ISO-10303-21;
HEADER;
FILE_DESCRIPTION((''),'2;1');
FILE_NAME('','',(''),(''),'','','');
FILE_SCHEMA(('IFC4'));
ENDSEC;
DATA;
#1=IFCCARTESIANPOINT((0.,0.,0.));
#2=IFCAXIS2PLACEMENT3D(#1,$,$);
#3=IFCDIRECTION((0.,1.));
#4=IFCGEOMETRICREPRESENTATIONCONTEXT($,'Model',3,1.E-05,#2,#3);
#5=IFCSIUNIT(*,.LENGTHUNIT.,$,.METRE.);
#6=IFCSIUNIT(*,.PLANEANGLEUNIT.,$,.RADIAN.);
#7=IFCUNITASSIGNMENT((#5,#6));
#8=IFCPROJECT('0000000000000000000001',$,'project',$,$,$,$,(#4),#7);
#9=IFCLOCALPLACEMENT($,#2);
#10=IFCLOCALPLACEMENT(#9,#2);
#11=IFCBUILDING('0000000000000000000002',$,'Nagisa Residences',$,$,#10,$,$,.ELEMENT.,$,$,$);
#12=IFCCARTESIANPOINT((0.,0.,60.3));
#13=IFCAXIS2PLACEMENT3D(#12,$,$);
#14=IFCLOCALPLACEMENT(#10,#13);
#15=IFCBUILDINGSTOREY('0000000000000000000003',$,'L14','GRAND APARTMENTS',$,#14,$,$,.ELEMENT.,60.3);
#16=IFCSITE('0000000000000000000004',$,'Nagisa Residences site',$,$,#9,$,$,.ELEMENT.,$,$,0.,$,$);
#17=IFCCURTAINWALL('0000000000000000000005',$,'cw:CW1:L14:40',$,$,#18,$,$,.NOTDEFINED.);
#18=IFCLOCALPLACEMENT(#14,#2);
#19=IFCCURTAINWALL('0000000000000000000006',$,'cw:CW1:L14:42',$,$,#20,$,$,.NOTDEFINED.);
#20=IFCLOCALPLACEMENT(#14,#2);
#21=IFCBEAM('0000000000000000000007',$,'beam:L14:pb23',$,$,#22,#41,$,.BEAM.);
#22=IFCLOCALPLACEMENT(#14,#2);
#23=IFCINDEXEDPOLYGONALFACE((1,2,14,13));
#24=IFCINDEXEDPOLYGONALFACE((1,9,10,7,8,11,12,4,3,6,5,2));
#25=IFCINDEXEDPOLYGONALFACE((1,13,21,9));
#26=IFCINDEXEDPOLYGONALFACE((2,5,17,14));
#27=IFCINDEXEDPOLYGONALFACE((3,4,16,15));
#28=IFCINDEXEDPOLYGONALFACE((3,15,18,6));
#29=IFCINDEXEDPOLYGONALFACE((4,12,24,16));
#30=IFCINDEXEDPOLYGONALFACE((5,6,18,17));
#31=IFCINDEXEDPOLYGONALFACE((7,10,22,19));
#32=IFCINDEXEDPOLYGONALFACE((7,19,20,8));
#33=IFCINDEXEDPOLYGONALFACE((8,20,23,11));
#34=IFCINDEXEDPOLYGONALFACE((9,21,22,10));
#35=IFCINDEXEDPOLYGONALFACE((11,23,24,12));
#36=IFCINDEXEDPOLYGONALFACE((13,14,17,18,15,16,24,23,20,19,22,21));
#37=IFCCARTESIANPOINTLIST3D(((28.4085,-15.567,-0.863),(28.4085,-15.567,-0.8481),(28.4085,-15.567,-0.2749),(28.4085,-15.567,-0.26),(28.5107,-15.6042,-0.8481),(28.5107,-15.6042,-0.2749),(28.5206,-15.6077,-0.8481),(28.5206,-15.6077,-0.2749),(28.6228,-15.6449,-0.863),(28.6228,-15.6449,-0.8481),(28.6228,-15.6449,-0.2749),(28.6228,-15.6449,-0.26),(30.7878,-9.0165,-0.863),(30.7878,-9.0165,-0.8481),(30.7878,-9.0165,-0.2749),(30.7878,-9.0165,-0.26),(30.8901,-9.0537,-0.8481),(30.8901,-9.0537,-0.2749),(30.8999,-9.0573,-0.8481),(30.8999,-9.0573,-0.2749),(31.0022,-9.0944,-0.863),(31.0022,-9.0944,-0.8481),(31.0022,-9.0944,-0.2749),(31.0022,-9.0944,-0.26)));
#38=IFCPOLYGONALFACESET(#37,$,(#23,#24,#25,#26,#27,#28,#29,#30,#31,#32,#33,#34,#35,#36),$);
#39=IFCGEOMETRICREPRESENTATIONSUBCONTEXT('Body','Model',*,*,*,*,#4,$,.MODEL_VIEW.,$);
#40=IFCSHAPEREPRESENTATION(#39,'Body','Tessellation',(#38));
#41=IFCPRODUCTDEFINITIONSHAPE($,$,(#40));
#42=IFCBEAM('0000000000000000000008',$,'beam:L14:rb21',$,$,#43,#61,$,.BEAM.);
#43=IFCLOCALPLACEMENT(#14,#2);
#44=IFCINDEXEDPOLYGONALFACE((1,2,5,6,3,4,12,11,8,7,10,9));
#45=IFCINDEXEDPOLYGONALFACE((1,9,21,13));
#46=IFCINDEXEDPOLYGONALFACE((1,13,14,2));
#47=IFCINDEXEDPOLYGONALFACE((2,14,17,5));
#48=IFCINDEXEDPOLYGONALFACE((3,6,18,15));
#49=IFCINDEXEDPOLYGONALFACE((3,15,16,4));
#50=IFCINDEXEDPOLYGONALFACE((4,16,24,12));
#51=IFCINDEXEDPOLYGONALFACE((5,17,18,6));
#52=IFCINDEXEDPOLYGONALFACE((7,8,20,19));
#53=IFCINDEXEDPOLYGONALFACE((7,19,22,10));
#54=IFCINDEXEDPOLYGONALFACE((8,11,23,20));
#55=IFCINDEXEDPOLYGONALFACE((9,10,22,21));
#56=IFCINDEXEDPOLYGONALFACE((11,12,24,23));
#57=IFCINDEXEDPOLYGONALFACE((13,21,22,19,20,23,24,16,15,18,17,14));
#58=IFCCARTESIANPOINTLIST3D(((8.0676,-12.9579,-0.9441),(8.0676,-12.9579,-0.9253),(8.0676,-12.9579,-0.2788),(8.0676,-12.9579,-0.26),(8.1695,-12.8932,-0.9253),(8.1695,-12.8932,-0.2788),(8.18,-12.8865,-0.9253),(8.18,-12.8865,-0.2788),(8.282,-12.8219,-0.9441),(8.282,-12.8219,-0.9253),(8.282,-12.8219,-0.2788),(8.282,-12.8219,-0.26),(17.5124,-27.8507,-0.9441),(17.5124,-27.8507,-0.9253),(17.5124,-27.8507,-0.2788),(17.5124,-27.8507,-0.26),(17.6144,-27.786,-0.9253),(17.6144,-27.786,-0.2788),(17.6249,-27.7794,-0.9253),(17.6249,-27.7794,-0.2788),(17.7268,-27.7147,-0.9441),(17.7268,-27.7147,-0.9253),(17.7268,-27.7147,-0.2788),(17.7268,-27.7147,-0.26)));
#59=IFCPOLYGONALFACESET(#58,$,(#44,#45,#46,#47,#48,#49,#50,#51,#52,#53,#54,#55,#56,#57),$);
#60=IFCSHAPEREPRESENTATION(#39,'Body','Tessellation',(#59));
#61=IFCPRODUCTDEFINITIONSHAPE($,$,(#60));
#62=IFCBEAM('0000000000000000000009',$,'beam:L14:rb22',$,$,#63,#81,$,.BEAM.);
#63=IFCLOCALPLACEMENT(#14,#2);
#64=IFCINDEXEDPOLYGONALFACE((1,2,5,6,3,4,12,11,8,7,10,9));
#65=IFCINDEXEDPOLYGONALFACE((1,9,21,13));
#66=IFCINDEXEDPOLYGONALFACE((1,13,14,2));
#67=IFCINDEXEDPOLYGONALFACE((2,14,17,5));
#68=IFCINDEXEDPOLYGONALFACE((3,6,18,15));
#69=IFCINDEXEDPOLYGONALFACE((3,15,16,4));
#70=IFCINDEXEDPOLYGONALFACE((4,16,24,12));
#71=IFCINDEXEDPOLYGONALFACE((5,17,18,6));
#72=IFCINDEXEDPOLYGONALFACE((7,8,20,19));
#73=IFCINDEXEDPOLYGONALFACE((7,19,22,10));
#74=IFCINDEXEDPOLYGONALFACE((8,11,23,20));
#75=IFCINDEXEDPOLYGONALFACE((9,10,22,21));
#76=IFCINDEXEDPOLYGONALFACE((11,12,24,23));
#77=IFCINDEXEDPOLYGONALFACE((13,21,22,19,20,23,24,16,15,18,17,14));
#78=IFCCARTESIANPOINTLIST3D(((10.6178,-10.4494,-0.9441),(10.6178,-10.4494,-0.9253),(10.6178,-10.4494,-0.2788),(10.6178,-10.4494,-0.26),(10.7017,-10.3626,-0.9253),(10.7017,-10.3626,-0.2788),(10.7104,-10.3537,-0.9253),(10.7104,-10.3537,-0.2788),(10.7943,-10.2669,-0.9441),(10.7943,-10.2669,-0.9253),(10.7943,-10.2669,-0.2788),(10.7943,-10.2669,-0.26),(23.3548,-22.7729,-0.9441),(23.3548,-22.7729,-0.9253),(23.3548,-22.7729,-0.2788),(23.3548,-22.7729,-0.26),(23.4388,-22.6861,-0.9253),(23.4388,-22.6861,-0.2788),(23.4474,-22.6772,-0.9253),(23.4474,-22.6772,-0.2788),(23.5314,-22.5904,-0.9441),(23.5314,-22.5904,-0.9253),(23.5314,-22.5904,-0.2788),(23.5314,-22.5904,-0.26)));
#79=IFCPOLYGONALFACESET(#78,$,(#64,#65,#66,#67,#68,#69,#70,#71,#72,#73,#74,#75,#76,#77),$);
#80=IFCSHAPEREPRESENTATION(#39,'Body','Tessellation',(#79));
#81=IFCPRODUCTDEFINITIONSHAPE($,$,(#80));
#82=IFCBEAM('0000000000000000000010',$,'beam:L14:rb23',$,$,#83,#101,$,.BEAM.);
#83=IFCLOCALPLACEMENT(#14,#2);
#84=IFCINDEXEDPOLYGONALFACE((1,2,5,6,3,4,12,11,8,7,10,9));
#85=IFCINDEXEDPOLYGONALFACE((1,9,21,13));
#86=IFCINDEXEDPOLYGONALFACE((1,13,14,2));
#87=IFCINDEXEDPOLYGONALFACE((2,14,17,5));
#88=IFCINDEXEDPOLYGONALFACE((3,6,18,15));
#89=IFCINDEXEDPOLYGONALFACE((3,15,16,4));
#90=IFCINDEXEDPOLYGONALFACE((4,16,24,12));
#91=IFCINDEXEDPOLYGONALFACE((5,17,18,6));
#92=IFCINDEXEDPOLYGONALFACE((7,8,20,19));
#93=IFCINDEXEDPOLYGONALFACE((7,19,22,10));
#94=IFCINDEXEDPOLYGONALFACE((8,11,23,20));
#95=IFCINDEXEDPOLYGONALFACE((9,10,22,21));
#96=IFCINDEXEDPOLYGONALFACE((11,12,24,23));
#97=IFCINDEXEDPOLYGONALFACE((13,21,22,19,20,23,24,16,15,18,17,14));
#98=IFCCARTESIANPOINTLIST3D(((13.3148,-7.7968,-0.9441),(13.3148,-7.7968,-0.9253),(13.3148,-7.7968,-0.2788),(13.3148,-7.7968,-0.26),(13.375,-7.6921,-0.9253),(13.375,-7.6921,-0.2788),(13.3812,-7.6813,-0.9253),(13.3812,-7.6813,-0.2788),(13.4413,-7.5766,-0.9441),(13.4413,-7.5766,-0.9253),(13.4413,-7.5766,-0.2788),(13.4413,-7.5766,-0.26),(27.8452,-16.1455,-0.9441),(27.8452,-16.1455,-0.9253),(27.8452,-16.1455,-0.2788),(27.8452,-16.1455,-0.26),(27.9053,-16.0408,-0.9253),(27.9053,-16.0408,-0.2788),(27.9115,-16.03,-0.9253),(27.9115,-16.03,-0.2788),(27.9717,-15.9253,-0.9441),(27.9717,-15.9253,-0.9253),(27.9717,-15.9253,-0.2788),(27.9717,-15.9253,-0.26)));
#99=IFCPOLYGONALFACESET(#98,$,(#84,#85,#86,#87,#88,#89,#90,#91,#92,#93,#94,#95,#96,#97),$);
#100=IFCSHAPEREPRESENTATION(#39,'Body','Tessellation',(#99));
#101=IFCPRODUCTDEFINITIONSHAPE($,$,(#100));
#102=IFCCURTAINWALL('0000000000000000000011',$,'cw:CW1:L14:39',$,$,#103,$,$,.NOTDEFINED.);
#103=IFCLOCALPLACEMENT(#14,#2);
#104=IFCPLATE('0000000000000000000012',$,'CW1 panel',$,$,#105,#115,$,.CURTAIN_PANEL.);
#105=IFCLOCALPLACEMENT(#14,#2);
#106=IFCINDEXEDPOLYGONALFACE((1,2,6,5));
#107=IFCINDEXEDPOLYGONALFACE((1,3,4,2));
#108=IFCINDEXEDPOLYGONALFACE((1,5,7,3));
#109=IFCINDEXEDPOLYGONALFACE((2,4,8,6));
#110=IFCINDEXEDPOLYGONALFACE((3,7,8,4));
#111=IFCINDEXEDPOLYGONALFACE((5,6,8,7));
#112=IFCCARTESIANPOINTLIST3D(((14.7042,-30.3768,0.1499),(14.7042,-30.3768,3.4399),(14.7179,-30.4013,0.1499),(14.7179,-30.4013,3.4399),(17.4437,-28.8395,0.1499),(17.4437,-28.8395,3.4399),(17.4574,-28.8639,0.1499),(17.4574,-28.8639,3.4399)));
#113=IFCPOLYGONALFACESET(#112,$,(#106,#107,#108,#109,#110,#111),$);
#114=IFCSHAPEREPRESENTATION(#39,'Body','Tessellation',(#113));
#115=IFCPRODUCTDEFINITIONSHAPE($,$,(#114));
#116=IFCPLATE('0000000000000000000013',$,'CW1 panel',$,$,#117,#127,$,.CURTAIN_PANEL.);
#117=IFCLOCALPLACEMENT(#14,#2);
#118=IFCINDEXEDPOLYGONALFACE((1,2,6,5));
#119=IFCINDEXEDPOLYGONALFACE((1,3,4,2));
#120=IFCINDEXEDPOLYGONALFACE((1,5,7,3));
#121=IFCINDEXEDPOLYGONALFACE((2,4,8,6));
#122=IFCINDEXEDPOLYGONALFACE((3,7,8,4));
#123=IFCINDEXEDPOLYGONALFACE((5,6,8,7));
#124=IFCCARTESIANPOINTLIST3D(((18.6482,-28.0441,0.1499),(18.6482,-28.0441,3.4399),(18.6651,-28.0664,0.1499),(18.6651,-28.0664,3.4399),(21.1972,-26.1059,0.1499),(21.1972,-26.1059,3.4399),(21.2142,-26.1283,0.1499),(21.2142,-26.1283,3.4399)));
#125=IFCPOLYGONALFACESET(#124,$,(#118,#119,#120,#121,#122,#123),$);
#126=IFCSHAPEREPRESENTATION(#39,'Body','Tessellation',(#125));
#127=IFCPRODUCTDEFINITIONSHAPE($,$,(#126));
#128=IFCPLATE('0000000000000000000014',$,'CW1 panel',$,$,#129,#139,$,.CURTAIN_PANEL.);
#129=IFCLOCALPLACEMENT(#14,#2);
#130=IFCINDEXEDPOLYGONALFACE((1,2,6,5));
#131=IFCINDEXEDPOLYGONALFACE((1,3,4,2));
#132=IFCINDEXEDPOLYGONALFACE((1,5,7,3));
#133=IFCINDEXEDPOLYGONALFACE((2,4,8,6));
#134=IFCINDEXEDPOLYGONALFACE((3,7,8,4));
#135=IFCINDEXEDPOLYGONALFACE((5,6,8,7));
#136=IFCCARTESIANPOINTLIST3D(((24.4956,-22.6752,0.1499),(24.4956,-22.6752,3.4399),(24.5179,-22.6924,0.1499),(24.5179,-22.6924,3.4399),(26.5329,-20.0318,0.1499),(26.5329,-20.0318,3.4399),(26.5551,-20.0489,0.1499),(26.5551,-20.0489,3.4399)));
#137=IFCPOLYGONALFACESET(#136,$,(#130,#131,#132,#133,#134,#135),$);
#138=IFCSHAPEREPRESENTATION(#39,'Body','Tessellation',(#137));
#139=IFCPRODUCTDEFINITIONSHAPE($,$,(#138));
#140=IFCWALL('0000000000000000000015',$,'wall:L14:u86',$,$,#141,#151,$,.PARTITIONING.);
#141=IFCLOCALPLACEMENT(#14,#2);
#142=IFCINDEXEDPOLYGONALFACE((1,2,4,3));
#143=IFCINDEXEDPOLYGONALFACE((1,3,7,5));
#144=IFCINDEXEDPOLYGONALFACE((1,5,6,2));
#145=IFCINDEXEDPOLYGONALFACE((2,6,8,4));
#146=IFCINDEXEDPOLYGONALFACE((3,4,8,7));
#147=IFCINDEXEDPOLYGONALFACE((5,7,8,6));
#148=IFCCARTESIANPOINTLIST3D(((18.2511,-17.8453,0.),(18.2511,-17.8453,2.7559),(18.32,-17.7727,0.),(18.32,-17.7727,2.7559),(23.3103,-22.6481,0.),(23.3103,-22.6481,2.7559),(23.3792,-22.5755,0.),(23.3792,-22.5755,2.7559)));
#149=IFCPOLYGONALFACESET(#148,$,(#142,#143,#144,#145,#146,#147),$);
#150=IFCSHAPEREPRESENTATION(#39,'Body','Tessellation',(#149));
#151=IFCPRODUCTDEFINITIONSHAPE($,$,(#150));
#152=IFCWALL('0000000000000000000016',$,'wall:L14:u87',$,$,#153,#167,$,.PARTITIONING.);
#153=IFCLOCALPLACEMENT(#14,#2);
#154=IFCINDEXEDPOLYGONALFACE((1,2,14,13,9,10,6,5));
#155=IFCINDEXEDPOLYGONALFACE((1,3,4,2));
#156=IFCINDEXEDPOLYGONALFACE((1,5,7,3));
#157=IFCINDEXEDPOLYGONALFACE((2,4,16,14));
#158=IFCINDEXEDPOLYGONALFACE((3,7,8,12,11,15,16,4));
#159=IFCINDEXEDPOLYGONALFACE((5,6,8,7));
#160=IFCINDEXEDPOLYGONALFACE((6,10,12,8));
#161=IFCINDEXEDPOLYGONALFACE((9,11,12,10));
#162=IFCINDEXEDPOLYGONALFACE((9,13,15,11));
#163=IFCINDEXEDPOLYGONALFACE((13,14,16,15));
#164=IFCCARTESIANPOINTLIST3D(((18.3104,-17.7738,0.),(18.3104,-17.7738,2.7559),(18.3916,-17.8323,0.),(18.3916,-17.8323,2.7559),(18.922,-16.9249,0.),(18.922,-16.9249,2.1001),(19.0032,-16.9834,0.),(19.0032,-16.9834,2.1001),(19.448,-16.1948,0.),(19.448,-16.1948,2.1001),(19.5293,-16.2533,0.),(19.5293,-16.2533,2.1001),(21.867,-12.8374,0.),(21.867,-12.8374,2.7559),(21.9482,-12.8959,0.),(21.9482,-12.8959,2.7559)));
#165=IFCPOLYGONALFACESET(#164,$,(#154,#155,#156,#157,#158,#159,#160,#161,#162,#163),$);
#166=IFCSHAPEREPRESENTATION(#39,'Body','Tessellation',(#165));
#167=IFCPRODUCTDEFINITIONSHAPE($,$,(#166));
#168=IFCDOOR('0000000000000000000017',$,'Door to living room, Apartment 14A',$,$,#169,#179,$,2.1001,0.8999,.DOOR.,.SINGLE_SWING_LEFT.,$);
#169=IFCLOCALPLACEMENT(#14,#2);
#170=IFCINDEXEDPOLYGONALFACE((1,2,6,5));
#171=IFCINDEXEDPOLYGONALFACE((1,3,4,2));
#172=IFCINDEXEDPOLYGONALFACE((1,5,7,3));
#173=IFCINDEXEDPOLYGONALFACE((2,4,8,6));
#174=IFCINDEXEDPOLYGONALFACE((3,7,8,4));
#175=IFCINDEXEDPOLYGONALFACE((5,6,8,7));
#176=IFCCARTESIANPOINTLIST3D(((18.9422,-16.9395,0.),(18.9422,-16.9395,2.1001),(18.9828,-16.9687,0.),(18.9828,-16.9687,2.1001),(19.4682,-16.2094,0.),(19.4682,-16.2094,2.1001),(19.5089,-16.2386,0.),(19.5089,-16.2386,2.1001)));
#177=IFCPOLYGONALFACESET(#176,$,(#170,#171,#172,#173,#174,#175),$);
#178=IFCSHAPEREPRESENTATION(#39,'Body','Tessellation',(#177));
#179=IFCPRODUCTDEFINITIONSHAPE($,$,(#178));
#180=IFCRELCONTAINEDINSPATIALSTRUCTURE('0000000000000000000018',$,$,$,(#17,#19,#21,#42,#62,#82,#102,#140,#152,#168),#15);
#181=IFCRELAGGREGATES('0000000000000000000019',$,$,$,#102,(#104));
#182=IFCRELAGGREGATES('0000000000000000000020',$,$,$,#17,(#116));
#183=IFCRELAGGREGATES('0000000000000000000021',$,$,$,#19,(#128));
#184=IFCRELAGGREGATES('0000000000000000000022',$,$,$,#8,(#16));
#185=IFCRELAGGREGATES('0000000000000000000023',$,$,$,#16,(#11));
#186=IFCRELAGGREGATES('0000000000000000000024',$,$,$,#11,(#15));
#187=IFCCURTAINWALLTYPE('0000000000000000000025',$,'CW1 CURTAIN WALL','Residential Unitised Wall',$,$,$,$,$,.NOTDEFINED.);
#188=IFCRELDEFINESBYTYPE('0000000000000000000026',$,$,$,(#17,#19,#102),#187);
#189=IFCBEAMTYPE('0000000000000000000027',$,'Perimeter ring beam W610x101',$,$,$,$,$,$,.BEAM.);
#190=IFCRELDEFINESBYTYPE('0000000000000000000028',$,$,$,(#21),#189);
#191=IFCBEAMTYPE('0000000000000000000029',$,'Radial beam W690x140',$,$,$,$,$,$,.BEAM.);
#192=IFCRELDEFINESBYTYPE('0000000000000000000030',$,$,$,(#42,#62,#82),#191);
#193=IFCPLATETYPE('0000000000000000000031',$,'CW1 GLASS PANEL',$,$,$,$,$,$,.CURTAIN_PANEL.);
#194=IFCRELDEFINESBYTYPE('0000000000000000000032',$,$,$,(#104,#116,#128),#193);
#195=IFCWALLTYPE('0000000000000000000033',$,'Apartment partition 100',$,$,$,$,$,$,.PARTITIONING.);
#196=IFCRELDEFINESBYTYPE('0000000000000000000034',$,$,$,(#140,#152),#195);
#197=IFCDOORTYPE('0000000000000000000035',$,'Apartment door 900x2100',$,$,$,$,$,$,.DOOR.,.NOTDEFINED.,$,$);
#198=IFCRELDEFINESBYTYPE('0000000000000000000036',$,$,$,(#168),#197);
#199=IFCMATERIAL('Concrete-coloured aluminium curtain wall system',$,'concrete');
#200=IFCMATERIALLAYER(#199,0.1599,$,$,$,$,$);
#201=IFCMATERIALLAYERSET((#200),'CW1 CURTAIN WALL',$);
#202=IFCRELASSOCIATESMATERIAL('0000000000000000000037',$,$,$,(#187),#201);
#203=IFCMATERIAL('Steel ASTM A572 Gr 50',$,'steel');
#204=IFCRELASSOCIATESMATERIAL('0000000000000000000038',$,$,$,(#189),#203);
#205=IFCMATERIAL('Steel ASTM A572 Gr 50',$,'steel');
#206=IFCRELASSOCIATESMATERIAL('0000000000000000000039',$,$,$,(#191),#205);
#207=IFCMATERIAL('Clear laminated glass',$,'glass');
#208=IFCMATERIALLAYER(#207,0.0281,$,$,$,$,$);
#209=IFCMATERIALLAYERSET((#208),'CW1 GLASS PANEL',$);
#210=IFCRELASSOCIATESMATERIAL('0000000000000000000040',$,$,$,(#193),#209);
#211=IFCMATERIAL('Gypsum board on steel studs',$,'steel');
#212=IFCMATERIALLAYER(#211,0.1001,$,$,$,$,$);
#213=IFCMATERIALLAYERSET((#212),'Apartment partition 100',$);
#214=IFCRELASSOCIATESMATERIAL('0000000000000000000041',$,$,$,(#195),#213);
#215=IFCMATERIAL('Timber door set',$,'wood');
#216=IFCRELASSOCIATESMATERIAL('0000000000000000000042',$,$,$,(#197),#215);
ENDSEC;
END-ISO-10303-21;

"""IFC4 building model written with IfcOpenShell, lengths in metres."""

from ifc_helpers import new_model, si_unit, direction, frame, frame_2d, origin, origin_2d, place, context, subcontext, project, spatial, rectangle, i_section, extrude, material, layer, layer_set, material_profile, profile_set, type_object, element, fill, aggregate, save


model = new_model("IFC4")

# Units and contexts
model_context = context("Model", 3, precision=1e-05, world=origin(), true_north=direction((0.0, 1.0)))
body_context = subcontext(model_context, "Body", "Model", "MODEL_VIEW")
ifc_project = project(units=[si_unit("LENGTHUNIT", "METRE"), si_unit("PLANEANGLEUNIT", "RADIAN")], contexts=[model_context])

# Site, building, storey
site_placement = place(None, origin())
site = spatial("IfcSite", under=ifc_project, at=site_placement, Name="Nagisa Residences site", CompositionType="ELEMENT", RefElevation=0.0)
building_placement = place(site_placement, origin())
building = spatial("IfcBuilding", under=site, at=building_placement, Name="Nagisa Residences", CompositionType="ELEMENT")
storey_placement = place(building_placement, frame((0.0, 0.0, 60.3)))
storey = spatial("IfcBuildingStorey", under=building, at=storey_placement, Name="L14", Description="GRAND APARTMENTS", CompositionType="ELEMENT", Elevation=60.3)

# Curtain walls
ifc_material_1 = material(Name="Concrete-coloured aluminium curtain wall system", Category="concrete")
ifc_layer_1 = layer(ifc_material_1, 0.1599)
ifc_layer_set_1 = layer_set([ifc_layer_1], Name="CW1 CURTAIN WALL")
curtain_wall_type = type_object("IfcCurtainWallType", Name="CW1 CURTAIN WALL", Description="Residential Unitised Wall", PredefinedType="NOTDEFINED", material=ifc_layer_set_1)
curtain_wall_1_placement = place(storey_placement, origin())
curtain_wall_1 = element("IfcCurtainWall", 1, at=curtain_wall_1_placement, inside=storey, type_object=curtain_wall_type, Name="cw:CW1:L14:40", PredefinedType="NOTDEFINED")
curtain_wall_2_placement = place(storey_placement, origin())
curtain_wall_2 = element("IfcCurtainWall", 2, at=curtain_wall_2_placement, inside=storey, type_object=curtain_wall_type, Name="cw:CW1:L14:42", PredefinedType="NOTDEFINED")

# Beams
ifc_material_2 = material(Name="Steel ASTM A572 Gr 50", Category="steel")
ifc_material_profile_1 = material_profile(ifc_material_2, i_section(OverallWidth=0.228, OverallDepth=0.603, WebThickness=0.0105, FlangeThickness=0.0149, at=origin_2d()), Name="W610x101")
ifc_profile_set_1 = profile_set([ifc_material_profile_1], Name="Steel ASTM A572 Gr 50")
beam_type_1 = type_object("IfcBeamType", Name="Perimeter ring beam W610x101", PredefinedType="BEAM", material=ifc_profile_set_1)
beam_1_placement = place(storey_placement, frame((28.5156, -15.606, -0.5615), z_axis=(0.341411, 0.939914, 0.0), x_axis=(-0.939914, 0.341411, 0.0)))
element("IfcBeam", 3, at=beam_1_placement, inside=storey, type_object=beam_type_1, Name="beam:L14:pb23", PredefinedType="BEAM", context=body_context, shape_type="SweptSolid", body=[
    extrude(i_section(OverallWidth=0.228, OverallDepth=0.603, WebThickness=0.0105, FlangeThickness=0.0149, at=origin_2d()), origin(), (0.0, 0.0, 1.0), 6.9692),
])
ifc_material_3 = material(Name="Steel ASTM A572 Gr 50", Category="steel")
ifc_material_profile_2 = material_profile(ifc_material_3, i_section(OverallWidth=0.2539, OverallDepth=0.6841, WebThickness=0.0125, FlangeThickness=0.0188, at=origin_2d()), Name="W690x140")
ifc_profile_set_2 = profile_set([ifc_material_profile_2], Name="Steel ASTM A572 Gr 50")
beam_type_2 = type_object("IfcBeamType", Name="Radial beam W690x140", PredefinedType="BEAM", material=ifc_profile_set_2)
beam_2_placement = place(storey_placement, frame((17.6196, -27.7827, -0.6021), z_axis=(-0.535566, 0.844493, 0.0), x_axis=(-0.844493, -0.535566, 0.0)))
element("IfcBeam", 4, at=beam_2_placement, inside=storey, type_object=beam_type_2, Name="beam:L14:rb21", PredefinedType="BEAM", context=body_context, shape_type="SweptSolid", body=[
    extrude(i_section(OverallWidth=0.2539, OverallDepth=0.6841, WebThickness=0.0125, FlangeThickness=0.0188, at=origin_2d()), origin(), (0.0, 0.0, 1.0), 17.6353),
])
beam_3_placement = place(storey_placement, frame((23.4431, -22.6816, -0.6021), z_axis=(-0.718678, 0.695343, 0.0), x_axis=(-0.695343, -0.718678, 0.0)))
element("IfcBeam", 5, at=beam_3_placement, inside=storey, type_object=beam_type_2, Name="beam:L14:rb22", PredefinedType="BEAM", context=body_context, shape_type="SweptSolid", body=[
    extrude(i_section(OverallWidth=0.2539, OverallDepth=0.6841, WebThickness=0.0125, FlangeThickness=0.0188, at=origin_2d()), origin(), (0.0, 0.0, 1.0), 17.7229),
])
beam_4_placement = place(storey_placement, frame((27.9084, -16.0354, -0.6021), z_axis=(-0.867068, 0.49819, 0.0), x_axis=(-0.49819, -0.867068, 0.0)))
element("IfcBeam", 6, at=beam_4_placement, inside=storey, type_object=beam_type_2, Name="beam:L14:rb23", PredefinedType="BEAM", context=body_context, shape_type="SweptSolid", body=[
    extrude(i_section(OverallWidth=0.2539, OverallDepth=0.6841, WebThickness=0.0125, FlangeThickness=0.0188, at=origin_2d()), origin(), (0.0, 0.0, 1.0), 16.7581),
])

# Curtain wall, plate
curtain_wall_3_placement = place(storey_placement, origin())
curtain_wall_3 = element("IfcCurtainWall", 7, at=curtain_wall_3_placement, inside=storey, type_object=curtain_wall_type, Name="cw:CW1:L14:39", PredefinedType="NOTDEFINED")
ifc_material_4 = material(Name="Clear laminated glass", Category="glass")
ifc_layer_2 = layer(ifc_material_4, 0.0281)
ifc_layer_set_2 = layer_set([ifc_layer_2], Name="CW1 GLASS PANEL")
plate_type = type_object("IfcPlateType", Name="CW1 GLASS PANEL", PredefinedType="CURTAIN_PANEL", material=ifc_layer_set_2)
plate_1_placement = place(storey_placement, frame((16.0808, -29.6204, 0.1499), z_axis=(0.0, 0.0, 1.0), x_axis=(0.872072, 0.489377, 0.0)))
plate_1 = element("IfcPlate", 8, at=plate_1_placement, type_object=plate_type, Name="CW1 panel", PredefinedType="CURTAIN_PANEL", context=body_context, shape_type="SweptSolid", body=[
    extrude(rectangle(XDim=3.1414, YDim=0.0281, at=origin_2d()), origin(), (0.0, 0.0, 1.0), 3.29),
])
aggregate(curtain_wall_3, [plate_1])

# Plates
plate_2_placement = place(storey_placement, frame((19.9312, -27.0862, 0.1499), z_axis=(0.0, 0.0, 1.0), x_axis=(0.796031, 0.605255, 0.0)))
plate_2 = element("IfcPlate", 9, at=plate_2_placement, type_object=plate_type, Name="CW1 panel", PredefinedType="CURTAIN_PANEL", context=body_context, shape_type="SweptSolid", body=[
    extrude(rectangle(XDim=3.2021, YDim=0.0281, at=origin_2d()), origin(), (0.0, 0.0, 1.0), 3.29),
])
aggregate(curtain_wall_1, [plate_2])
plate_3_placement = place(storey_placement, frame((25.5254, -21.3621, 0.1499), z_axis=(0.0, 0.0, 1.0), x_axis=(0.61043, 0.79207, 0.0)))
plate_3 = element("IfcPlate", 10, at=plate_3_placement, type_object=plate_type, Name="CW1 panel", PredefinedType="CURTAIN_PANEL", context=body_context, shape_type="SweptSolid", body=[
    extrude(rectangle(XDim=3.3374, YDim=0.0281, at=origin_2d()), origin(), (0.0, 0.0, 1.0), 3.29),
])
aggregate(curtain_wall_2, [plate_3])

# Wall
ifc_material_5 = material(Name="Gypsum board on steel studs", Category="steel")
ifc_layer_3 = layer(ifc_material_5, 0.1001)
ifc_layer_set_3 = layer_set([ifc_layer_3], Name="Apartment partition 100")
wall_type_1 = type_object("IfcWallType", Name="Apartment partition 100", PredefinedType="PARTITIONING", material=ifc_layer_set_3)
wall_1_placement = place(storey_placement, frame((18.2856, -17.8091, 0.0), z_axis=(0.0, 0.0, 1.0), x_axis=(0.725242, -0.688494, 0.0)))
element("IfcWall", 11, at=wall_1_placement, inside=storey, type_object=wall_type_1, Name="wall:L14:u86", PredefinedType="PARTITIONING", context=body_context, shape_type="SweptSolid", body=[
    extrude(rectangle(XDim=6.9758, YDim=0.1001, at=frame_2d((3.4878, 0.0))), origin(), (0.0, 0.0, 1.0), 2.7559),
])

# Wall, opening, door
wall_2_placement = place(storey_placement, frame((18.3511, -17.803, 0.0), z_axis=(0.0, 0.0, 1.0), x_axis=(0.584558, 0.811352, 0.0)))
wall_2 = element("IfcWall", 12, at=wall_2_placement, inside=storey, type_object=wall_type_1, Name="wall:L14:u87", PredefinedType="PARTITIONING", context=body_context, shape_type="SweptSolid", body=[
    extrude(rectangle(XDim=6.0842, YDim=0.1001, at=frame_2d((3.042, 0.0))), origin(), (0.0, 0.0, 1.0), 2.7559),
])
opening_1_placement = place(wall_2_placement, frame((1.0461, 0.0, 0.0)))
opening_1 = element("IfcOpeningElement", 13, at=opening_1_placement, cuts=wall_2, PredefinedType="OPENING", context=body_context, shape_type="SweptSolid", body=[
    extrude(rectangle(XDim=0.8999, YDim=2.1001, at=frame_2d((0.45, 1.05))), frame((0.0, 0.0601, 0.0), z_axis=(0.0, -1.0, 0.0), x_axis=(1.0, 0.0, 0.0)), (0.0, 0.0, 1.0), 0.1201),
])
ifc_material_6 = material(Name="Timber door set", Category="wood")
door_type_1 = type_object("IfcDoorType", Name="Apartment door 900x2100", OperationType="NOTDEFINED", PredefinedType="DOOR", material=ifc_material_6)
door_1_placement = place(opening_1_placement, frame((0.8999, 0.0, 0.0), x_axis=(-1.0, 0.0, 0.0)))
door_1 = element("IfcDoor", 14, at=door_1_placement, inside=storey, type_object=door_type_1, Name="Door to living room, Apartment 14A", OperationType="SINGLE_SWING_LEFT", OverallHeight=2.1001, OverallWidth=0.8999, PredefinedType="DOOR", context=body_context, shape_type="SweptSolid", body=[
    extrude(rectangle(XDim=0.8999, YDim=2.1001, at=frame_2d((0.45, 1.05))), frame((0.0, 0.0249, 0.0), z_axis=(0.0, -1.0, 0.0), x_axis=(1.0, 0.0, 0.0)), (0.0, 0.0, 1.0), 0.05),
])
fill(opening_1, door_1)

save(model, "model.ifc")
